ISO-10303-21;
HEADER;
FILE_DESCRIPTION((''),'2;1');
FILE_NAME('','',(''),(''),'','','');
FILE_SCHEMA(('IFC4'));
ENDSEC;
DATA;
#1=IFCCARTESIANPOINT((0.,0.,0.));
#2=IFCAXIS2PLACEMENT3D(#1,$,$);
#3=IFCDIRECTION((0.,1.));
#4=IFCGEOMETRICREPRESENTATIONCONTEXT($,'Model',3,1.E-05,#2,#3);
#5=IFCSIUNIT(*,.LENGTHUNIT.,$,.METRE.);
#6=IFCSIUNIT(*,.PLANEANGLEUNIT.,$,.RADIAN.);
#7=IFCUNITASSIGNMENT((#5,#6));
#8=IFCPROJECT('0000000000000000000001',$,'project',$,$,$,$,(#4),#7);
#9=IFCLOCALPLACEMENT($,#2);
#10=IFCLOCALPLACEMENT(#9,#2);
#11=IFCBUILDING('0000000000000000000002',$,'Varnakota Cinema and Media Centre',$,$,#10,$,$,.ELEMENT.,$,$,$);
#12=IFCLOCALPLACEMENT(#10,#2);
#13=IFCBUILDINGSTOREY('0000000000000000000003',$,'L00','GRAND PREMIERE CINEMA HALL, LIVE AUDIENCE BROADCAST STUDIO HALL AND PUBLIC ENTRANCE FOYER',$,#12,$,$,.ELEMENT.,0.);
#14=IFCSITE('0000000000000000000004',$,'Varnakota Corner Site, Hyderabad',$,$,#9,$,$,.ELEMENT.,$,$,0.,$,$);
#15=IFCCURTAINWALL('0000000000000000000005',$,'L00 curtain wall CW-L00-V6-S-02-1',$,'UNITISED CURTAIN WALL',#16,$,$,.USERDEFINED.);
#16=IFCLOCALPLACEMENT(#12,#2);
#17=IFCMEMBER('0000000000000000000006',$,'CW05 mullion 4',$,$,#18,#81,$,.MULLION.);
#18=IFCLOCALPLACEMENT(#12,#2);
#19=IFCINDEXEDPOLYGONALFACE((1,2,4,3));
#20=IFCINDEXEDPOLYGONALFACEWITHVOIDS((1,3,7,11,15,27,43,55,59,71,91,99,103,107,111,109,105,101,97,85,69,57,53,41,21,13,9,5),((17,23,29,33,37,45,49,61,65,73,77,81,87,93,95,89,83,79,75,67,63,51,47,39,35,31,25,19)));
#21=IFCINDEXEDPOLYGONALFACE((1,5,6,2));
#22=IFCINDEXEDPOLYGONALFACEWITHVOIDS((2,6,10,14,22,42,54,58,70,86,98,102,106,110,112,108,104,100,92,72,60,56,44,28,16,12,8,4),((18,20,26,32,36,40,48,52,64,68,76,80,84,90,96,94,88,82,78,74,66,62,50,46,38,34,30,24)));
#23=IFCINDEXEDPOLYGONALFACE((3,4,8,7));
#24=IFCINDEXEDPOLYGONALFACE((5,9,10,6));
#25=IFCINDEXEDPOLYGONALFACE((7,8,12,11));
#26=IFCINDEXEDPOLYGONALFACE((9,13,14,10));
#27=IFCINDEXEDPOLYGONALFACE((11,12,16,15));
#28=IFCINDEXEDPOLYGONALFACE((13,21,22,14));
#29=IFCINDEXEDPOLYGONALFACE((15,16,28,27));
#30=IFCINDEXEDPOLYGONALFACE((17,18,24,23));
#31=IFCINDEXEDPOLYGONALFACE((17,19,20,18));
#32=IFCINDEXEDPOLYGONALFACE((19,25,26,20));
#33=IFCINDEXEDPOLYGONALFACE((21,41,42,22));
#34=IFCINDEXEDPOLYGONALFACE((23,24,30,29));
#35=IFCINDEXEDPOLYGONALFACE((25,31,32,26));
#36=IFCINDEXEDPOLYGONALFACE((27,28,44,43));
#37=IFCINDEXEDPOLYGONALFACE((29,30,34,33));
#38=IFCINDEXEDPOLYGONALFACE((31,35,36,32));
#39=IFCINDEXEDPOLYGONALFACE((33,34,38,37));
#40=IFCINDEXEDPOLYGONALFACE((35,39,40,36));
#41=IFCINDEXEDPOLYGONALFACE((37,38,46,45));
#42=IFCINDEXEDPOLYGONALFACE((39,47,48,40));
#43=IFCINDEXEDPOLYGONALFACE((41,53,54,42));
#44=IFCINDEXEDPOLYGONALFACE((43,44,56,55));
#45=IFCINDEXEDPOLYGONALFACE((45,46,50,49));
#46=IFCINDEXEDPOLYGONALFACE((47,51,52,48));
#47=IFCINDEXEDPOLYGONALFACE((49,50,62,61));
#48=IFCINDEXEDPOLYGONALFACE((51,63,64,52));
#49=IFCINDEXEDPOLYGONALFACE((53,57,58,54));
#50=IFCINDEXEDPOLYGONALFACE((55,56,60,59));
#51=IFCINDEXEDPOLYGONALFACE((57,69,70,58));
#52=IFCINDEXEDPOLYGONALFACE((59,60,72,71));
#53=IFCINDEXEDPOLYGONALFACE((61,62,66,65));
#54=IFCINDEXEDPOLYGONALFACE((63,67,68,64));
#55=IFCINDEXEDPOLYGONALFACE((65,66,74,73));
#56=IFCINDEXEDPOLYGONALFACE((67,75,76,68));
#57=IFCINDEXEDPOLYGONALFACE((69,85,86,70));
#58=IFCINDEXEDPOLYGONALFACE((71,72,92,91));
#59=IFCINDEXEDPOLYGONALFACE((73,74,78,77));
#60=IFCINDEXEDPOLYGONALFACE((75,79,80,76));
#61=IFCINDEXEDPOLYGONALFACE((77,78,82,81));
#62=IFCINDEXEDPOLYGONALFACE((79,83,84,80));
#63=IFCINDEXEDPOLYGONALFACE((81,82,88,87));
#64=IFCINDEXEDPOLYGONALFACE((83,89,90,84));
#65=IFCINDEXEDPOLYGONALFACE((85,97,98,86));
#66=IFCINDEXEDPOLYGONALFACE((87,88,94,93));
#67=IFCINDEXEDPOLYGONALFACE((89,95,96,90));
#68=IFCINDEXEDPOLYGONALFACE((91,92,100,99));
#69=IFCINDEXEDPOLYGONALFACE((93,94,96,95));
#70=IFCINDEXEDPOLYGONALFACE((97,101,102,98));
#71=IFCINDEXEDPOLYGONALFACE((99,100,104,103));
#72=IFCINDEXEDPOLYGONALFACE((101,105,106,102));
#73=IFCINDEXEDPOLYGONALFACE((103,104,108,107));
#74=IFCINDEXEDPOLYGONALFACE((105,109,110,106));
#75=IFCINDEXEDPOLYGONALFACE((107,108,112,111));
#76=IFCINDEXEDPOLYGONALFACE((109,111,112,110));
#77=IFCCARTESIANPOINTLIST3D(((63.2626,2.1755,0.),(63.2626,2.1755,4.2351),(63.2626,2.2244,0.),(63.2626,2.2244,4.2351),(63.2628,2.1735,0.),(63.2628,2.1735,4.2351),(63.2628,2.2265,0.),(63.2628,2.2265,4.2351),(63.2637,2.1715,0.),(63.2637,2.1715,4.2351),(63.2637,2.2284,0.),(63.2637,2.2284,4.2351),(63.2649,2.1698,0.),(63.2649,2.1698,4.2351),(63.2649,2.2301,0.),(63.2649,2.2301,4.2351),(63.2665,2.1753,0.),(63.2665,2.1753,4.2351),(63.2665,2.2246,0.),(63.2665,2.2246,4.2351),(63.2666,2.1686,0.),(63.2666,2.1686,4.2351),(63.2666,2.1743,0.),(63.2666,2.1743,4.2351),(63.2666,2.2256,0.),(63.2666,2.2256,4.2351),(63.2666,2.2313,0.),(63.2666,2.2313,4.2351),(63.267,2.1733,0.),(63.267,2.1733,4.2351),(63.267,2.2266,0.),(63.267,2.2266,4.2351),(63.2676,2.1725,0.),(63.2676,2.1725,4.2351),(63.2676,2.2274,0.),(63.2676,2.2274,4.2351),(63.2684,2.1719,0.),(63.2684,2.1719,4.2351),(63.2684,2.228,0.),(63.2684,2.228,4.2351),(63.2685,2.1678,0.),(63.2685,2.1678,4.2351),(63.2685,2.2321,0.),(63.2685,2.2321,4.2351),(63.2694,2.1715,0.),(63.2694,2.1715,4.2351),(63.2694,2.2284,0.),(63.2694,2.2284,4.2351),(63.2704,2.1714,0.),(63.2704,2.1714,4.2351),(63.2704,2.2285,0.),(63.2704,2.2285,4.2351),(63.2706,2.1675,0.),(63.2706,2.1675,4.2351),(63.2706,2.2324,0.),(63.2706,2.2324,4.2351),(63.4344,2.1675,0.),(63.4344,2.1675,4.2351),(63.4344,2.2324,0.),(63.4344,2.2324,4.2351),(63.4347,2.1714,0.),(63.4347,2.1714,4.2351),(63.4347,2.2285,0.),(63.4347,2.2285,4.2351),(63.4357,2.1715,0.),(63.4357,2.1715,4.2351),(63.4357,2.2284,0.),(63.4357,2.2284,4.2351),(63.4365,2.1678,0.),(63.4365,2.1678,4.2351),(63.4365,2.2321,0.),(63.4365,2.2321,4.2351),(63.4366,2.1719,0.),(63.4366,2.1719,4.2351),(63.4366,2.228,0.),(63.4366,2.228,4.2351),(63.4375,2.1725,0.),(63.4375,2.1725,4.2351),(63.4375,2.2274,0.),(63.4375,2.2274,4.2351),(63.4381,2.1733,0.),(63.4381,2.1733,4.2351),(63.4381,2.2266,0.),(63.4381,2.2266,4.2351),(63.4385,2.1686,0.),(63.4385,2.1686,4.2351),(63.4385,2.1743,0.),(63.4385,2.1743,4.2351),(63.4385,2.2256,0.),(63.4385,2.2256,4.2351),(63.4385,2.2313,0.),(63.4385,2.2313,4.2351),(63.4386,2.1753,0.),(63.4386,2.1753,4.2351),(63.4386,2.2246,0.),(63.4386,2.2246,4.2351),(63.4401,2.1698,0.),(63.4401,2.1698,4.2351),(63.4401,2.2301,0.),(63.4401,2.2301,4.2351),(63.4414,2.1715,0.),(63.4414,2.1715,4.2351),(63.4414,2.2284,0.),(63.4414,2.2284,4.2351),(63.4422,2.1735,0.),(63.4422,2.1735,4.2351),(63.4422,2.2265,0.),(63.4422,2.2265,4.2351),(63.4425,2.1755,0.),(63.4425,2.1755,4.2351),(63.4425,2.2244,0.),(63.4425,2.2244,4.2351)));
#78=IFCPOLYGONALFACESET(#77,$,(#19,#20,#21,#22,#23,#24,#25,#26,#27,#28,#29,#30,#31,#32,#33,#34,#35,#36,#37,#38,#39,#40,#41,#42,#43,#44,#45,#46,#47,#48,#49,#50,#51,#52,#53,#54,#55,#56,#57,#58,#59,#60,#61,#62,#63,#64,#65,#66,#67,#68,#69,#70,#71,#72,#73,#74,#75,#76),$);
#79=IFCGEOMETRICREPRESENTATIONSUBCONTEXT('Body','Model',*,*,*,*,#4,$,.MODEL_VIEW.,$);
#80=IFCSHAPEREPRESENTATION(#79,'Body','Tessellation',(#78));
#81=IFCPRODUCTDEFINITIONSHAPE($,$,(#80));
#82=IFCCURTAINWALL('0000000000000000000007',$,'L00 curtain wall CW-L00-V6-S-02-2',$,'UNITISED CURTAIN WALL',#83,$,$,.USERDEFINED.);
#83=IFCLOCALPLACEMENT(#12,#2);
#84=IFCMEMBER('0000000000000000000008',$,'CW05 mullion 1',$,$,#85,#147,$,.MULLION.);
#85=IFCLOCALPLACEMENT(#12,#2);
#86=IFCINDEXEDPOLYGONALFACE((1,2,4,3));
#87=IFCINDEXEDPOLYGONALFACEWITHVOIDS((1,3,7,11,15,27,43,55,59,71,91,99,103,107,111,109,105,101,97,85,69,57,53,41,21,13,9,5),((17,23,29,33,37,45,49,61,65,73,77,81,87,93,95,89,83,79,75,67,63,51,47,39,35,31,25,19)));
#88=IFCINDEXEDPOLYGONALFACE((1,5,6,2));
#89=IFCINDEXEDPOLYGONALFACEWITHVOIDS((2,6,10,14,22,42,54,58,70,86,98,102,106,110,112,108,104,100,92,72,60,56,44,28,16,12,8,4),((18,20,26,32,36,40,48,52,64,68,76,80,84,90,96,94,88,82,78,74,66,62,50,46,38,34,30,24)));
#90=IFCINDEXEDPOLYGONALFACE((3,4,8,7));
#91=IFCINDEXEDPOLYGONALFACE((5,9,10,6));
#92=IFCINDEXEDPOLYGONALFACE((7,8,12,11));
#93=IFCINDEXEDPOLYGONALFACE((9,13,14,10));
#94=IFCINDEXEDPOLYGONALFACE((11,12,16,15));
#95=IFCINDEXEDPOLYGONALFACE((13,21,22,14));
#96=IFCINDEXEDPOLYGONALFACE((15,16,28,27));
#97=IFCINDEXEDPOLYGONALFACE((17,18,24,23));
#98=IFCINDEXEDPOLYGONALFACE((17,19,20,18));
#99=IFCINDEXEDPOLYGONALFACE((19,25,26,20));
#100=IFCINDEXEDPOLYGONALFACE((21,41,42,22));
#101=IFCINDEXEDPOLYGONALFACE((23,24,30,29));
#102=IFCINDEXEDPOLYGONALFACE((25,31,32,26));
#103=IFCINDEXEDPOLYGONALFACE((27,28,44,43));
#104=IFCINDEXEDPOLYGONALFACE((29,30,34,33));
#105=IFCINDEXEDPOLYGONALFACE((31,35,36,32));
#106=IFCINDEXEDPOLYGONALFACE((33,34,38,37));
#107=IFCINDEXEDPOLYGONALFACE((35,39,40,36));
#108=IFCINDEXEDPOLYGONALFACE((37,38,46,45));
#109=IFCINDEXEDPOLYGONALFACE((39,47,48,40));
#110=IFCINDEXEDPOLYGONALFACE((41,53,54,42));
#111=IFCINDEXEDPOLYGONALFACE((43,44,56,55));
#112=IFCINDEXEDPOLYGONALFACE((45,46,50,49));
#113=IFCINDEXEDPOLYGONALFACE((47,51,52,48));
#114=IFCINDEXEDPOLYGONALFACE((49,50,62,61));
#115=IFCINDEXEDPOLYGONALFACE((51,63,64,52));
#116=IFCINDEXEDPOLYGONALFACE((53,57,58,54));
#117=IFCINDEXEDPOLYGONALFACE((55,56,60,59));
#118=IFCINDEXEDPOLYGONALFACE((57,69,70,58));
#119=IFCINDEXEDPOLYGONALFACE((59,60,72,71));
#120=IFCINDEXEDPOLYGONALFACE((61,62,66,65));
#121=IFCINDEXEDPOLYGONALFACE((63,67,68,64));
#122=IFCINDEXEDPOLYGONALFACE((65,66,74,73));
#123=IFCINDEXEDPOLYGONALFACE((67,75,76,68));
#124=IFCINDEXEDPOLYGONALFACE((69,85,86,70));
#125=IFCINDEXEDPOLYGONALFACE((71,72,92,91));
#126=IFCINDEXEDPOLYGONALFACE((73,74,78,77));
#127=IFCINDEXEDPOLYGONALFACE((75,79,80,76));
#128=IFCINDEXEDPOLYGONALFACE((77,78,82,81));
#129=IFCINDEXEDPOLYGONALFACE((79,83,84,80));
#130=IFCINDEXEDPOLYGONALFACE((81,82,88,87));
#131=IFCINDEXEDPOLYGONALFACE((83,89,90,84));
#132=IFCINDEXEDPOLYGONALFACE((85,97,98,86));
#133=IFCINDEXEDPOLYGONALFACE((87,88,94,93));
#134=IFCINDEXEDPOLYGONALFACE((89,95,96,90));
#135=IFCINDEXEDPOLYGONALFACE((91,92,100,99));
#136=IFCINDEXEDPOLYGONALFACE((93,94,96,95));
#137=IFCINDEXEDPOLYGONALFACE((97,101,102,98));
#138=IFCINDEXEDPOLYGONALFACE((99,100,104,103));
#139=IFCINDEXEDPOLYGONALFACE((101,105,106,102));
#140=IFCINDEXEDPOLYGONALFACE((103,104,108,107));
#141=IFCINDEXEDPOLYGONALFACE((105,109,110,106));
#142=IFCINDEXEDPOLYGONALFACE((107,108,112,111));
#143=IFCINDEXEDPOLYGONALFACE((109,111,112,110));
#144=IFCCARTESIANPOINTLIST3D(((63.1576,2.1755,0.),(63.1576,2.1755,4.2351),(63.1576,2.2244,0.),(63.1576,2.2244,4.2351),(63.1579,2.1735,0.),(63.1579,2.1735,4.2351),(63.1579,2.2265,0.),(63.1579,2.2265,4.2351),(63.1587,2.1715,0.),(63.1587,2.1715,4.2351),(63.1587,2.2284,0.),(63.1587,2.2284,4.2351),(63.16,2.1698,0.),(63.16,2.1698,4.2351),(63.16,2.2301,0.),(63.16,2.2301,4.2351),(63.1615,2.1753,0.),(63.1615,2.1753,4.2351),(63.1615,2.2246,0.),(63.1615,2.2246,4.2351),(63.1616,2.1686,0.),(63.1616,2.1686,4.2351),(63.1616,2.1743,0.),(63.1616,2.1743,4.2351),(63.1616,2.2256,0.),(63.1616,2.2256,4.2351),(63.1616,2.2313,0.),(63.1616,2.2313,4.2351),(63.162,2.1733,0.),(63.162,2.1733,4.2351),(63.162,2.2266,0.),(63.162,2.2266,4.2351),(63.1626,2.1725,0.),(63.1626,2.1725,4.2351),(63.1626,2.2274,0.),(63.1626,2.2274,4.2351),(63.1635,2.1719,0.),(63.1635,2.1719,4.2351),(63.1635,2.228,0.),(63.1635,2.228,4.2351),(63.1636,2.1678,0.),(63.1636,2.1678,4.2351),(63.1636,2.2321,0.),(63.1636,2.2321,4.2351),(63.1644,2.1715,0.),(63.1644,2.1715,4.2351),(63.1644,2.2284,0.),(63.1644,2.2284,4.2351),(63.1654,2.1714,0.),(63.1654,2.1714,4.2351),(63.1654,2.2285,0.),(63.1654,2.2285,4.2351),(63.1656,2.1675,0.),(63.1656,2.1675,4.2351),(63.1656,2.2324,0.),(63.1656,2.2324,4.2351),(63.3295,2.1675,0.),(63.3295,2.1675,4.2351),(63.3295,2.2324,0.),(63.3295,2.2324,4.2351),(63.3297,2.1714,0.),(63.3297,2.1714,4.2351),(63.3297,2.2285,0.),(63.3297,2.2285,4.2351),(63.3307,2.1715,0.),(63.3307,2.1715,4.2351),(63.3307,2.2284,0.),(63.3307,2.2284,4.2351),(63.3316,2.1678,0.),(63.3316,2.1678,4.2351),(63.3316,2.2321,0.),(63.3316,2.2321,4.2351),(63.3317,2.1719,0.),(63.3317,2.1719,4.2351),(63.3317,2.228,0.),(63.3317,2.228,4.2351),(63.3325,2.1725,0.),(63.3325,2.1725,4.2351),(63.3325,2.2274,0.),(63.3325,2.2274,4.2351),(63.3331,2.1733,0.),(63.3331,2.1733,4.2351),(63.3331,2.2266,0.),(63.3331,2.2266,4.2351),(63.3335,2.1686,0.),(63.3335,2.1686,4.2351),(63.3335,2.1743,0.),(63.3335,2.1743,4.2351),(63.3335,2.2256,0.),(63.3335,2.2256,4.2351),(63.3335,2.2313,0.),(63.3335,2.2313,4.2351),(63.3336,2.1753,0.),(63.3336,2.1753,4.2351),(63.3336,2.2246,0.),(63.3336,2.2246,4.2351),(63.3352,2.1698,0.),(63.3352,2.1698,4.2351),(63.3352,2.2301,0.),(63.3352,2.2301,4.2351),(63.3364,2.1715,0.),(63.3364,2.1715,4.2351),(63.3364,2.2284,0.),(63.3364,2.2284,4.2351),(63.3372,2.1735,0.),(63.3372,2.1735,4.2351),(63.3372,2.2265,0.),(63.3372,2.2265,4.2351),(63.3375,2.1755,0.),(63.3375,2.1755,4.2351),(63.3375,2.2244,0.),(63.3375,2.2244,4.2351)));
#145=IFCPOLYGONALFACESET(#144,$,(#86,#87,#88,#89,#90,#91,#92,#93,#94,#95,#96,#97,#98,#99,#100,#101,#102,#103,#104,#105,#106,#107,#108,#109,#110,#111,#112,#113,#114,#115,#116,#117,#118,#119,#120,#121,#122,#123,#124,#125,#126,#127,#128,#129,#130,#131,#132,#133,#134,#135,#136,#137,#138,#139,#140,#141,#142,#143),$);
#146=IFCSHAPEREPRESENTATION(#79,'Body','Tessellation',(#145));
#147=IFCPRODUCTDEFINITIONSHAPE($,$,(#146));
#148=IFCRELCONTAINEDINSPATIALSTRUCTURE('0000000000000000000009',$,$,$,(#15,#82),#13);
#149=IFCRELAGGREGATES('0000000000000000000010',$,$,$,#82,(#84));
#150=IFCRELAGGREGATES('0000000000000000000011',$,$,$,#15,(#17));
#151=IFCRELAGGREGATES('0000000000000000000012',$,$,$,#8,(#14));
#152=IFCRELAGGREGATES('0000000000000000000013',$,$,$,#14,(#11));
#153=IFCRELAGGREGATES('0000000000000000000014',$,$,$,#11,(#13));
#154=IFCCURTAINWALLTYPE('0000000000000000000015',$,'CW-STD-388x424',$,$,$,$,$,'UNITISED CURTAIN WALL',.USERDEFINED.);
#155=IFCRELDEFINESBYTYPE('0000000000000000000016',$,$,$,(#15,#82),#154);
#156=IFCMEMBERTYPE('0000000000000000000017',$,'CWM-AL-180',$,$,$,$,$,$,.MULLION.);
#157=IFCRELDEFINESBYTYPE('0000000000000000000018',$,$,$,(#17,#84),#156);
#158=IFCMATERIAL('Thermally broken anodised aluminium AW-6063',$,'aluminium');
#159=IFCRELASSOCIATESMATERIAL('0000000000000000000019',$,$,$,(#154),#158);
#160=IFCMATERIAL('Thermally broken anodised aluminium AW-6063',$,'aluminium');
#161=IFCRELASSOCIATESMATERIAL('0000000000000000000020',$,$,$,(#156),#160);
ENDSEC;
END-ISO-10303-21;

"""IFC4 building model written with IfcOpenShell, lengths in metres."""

from ifc_helpers import new_model, si_unit, direction, frame, origin, origin_2d, place, context, subcontext, project, spatial, hollow_rectangle, extrude, material, material_profile, profile_set, type_object, element, aggregate, save


model = new_model("IFC4")

# Units and contexts
model_context = context("Model", 3, precision=1e-05, world=origin(), true_north=direction((0.0, 1.0)))
body_context = subcontext(model_context, "Body", "Model", "MODEL_VIEW")
ifc_project = project(units=[si_unit("LENGTHUNIT", "METRE"), si_unit("PLANEANGLEUNIT", "RADIAN")], contexts=[model_context])

# Site, building, storey
site_placement = place(None, origin())
site = spatial("IfcSite", under=ifc_project, at=site_placement, Name="Varnakota Corner Site, Hyderabad", CompositionType="ELEMENT", RefElevation=0.0)
building_placement = place(site_placement, origin())
building = spatial("IfcBuilding", under=site, at=building_placement, Name="Varnakota Cinema and Media Centre", CompositionType="ELEMENT")
storey_placement = place(building_placement, origin())
storey = spatial("IfcBuildingStorey", under=building, at=storey_placement, Name="L00", Description="GRAND PREMIERE CINEMA HALL, LIVE AUDIENCE BROADCAST STUDIO HALL AND PUBLIC ENTRANCE FOYER", CompositionType="ELEMENT", Elevation=0.0)

# Curtain wall, member
ifc_material_1 = material(Name="Thermally broken anodised aluminium AW-6063", Category="aluminium")
curtain_wall_type = type_object("IfcCurtainWallType", Name="CW-STD-388x424", ElementType="UNITISED CURTAIN WALL", PredefinedType="USERDEFINED", material=ifc_material_1)
curtain_wall_1_placement = place(storey_placement, origin())
curtain_wall_1 = element("IfcCurtainWall", 1, at=curtain_wall_1_placement, inside=storey, type_object=curtain_wall_type, Name="L00 curtain wall CW-L00-V6-S-02-1", ObjectType="UNITISED CURTAIN WALL", PredefinedType="USERDEFINED")
ifc_material_2 = material(Name="Thermally broken anodised aluminium AW-6063", Category="aluminium")
ifc_material_profile_1 = material_profile(ifc_material_2, hollow_rectangle(XDim=0.0649, YDim=0.1799, WallThickness=0.0039, InnerFilletRadius=0.0039, OuterFilletRadius=0.0081, at=origin_2d()), Name="AL-MULLION 180x65x4")
ifc_profile_set_1 = profile_set([ifc_material_profile_1], Name="Thermally broken anodised aluminium AW-6063")
member_type_1 = type_object("IfcMemberType", Name="CWM-AL-180", PredefinedType="MULLION", material=ifc_profile_set_1)
member_1_placement = place(storey_placement, frame((63.3525, 2.2, 0.0), z_axis=(0.0, 0.0, 1.0), x_axis=(0.0, -1.0, 0.0)))
member_1 = element("IfcMember", 2, at=member_1_placement, type_object=member_type_1, Name="CW05 mullion 4", PredefinedType="MULLION", context=body_context, shape_type="SweptSolid", body=[
    extrude(hollow_rectangle(XDim=0.0649, YDim=0.1799, WallThickness=0.0039, InnerFilletRadius=0.0039, OuterFilletRadius=0.0081, at=origin_2d()), origin(), (0.0, 0.0, 1.0), 4.2351),
])

# Curtain wall, member
curtain_wall_2_placement = place(storey_placement, origin())
curtain_wall_2 = element("IfcCurtainWall", 3, at=curtain_wall_2_placement, inside=storey, type_object=curtain_wall_type, Name="L00 curtain wall CW-L00-V6-S-02-2", ObjectType="UNITISED CURTAIN WALL", PredefinedType="USERDEFINED")
member_2_placement = place(storey_placement, frame((63.2476, 2.2, 0.0), z_axis=(0.0, 0.0, 1.0), x_axis=(0.0, -1.0, 0.0)))
member_2 = element("IfcMember", 4, at=member_2_placement, type_object=member_type_1, Name="CW05 mullion 1", PredefinedType="MULLION", context=body_context, shape_type="SweptSolid", body=[
    extrude(hollow_rectangle(XDim=0.0649, YDim=0.1799, WallThickness=0.0039, InnerFilletRadius=0.0039, OuterFilletRadius=0.0081, at=origin_2d()), origin(), (0.0, 0.0, 1.0), 4.2351),
])
aggregate(curtain_wall_2, [member_2])

aggregate(curtain_wall_1, [member_1])

save(model, "model.ifc")
